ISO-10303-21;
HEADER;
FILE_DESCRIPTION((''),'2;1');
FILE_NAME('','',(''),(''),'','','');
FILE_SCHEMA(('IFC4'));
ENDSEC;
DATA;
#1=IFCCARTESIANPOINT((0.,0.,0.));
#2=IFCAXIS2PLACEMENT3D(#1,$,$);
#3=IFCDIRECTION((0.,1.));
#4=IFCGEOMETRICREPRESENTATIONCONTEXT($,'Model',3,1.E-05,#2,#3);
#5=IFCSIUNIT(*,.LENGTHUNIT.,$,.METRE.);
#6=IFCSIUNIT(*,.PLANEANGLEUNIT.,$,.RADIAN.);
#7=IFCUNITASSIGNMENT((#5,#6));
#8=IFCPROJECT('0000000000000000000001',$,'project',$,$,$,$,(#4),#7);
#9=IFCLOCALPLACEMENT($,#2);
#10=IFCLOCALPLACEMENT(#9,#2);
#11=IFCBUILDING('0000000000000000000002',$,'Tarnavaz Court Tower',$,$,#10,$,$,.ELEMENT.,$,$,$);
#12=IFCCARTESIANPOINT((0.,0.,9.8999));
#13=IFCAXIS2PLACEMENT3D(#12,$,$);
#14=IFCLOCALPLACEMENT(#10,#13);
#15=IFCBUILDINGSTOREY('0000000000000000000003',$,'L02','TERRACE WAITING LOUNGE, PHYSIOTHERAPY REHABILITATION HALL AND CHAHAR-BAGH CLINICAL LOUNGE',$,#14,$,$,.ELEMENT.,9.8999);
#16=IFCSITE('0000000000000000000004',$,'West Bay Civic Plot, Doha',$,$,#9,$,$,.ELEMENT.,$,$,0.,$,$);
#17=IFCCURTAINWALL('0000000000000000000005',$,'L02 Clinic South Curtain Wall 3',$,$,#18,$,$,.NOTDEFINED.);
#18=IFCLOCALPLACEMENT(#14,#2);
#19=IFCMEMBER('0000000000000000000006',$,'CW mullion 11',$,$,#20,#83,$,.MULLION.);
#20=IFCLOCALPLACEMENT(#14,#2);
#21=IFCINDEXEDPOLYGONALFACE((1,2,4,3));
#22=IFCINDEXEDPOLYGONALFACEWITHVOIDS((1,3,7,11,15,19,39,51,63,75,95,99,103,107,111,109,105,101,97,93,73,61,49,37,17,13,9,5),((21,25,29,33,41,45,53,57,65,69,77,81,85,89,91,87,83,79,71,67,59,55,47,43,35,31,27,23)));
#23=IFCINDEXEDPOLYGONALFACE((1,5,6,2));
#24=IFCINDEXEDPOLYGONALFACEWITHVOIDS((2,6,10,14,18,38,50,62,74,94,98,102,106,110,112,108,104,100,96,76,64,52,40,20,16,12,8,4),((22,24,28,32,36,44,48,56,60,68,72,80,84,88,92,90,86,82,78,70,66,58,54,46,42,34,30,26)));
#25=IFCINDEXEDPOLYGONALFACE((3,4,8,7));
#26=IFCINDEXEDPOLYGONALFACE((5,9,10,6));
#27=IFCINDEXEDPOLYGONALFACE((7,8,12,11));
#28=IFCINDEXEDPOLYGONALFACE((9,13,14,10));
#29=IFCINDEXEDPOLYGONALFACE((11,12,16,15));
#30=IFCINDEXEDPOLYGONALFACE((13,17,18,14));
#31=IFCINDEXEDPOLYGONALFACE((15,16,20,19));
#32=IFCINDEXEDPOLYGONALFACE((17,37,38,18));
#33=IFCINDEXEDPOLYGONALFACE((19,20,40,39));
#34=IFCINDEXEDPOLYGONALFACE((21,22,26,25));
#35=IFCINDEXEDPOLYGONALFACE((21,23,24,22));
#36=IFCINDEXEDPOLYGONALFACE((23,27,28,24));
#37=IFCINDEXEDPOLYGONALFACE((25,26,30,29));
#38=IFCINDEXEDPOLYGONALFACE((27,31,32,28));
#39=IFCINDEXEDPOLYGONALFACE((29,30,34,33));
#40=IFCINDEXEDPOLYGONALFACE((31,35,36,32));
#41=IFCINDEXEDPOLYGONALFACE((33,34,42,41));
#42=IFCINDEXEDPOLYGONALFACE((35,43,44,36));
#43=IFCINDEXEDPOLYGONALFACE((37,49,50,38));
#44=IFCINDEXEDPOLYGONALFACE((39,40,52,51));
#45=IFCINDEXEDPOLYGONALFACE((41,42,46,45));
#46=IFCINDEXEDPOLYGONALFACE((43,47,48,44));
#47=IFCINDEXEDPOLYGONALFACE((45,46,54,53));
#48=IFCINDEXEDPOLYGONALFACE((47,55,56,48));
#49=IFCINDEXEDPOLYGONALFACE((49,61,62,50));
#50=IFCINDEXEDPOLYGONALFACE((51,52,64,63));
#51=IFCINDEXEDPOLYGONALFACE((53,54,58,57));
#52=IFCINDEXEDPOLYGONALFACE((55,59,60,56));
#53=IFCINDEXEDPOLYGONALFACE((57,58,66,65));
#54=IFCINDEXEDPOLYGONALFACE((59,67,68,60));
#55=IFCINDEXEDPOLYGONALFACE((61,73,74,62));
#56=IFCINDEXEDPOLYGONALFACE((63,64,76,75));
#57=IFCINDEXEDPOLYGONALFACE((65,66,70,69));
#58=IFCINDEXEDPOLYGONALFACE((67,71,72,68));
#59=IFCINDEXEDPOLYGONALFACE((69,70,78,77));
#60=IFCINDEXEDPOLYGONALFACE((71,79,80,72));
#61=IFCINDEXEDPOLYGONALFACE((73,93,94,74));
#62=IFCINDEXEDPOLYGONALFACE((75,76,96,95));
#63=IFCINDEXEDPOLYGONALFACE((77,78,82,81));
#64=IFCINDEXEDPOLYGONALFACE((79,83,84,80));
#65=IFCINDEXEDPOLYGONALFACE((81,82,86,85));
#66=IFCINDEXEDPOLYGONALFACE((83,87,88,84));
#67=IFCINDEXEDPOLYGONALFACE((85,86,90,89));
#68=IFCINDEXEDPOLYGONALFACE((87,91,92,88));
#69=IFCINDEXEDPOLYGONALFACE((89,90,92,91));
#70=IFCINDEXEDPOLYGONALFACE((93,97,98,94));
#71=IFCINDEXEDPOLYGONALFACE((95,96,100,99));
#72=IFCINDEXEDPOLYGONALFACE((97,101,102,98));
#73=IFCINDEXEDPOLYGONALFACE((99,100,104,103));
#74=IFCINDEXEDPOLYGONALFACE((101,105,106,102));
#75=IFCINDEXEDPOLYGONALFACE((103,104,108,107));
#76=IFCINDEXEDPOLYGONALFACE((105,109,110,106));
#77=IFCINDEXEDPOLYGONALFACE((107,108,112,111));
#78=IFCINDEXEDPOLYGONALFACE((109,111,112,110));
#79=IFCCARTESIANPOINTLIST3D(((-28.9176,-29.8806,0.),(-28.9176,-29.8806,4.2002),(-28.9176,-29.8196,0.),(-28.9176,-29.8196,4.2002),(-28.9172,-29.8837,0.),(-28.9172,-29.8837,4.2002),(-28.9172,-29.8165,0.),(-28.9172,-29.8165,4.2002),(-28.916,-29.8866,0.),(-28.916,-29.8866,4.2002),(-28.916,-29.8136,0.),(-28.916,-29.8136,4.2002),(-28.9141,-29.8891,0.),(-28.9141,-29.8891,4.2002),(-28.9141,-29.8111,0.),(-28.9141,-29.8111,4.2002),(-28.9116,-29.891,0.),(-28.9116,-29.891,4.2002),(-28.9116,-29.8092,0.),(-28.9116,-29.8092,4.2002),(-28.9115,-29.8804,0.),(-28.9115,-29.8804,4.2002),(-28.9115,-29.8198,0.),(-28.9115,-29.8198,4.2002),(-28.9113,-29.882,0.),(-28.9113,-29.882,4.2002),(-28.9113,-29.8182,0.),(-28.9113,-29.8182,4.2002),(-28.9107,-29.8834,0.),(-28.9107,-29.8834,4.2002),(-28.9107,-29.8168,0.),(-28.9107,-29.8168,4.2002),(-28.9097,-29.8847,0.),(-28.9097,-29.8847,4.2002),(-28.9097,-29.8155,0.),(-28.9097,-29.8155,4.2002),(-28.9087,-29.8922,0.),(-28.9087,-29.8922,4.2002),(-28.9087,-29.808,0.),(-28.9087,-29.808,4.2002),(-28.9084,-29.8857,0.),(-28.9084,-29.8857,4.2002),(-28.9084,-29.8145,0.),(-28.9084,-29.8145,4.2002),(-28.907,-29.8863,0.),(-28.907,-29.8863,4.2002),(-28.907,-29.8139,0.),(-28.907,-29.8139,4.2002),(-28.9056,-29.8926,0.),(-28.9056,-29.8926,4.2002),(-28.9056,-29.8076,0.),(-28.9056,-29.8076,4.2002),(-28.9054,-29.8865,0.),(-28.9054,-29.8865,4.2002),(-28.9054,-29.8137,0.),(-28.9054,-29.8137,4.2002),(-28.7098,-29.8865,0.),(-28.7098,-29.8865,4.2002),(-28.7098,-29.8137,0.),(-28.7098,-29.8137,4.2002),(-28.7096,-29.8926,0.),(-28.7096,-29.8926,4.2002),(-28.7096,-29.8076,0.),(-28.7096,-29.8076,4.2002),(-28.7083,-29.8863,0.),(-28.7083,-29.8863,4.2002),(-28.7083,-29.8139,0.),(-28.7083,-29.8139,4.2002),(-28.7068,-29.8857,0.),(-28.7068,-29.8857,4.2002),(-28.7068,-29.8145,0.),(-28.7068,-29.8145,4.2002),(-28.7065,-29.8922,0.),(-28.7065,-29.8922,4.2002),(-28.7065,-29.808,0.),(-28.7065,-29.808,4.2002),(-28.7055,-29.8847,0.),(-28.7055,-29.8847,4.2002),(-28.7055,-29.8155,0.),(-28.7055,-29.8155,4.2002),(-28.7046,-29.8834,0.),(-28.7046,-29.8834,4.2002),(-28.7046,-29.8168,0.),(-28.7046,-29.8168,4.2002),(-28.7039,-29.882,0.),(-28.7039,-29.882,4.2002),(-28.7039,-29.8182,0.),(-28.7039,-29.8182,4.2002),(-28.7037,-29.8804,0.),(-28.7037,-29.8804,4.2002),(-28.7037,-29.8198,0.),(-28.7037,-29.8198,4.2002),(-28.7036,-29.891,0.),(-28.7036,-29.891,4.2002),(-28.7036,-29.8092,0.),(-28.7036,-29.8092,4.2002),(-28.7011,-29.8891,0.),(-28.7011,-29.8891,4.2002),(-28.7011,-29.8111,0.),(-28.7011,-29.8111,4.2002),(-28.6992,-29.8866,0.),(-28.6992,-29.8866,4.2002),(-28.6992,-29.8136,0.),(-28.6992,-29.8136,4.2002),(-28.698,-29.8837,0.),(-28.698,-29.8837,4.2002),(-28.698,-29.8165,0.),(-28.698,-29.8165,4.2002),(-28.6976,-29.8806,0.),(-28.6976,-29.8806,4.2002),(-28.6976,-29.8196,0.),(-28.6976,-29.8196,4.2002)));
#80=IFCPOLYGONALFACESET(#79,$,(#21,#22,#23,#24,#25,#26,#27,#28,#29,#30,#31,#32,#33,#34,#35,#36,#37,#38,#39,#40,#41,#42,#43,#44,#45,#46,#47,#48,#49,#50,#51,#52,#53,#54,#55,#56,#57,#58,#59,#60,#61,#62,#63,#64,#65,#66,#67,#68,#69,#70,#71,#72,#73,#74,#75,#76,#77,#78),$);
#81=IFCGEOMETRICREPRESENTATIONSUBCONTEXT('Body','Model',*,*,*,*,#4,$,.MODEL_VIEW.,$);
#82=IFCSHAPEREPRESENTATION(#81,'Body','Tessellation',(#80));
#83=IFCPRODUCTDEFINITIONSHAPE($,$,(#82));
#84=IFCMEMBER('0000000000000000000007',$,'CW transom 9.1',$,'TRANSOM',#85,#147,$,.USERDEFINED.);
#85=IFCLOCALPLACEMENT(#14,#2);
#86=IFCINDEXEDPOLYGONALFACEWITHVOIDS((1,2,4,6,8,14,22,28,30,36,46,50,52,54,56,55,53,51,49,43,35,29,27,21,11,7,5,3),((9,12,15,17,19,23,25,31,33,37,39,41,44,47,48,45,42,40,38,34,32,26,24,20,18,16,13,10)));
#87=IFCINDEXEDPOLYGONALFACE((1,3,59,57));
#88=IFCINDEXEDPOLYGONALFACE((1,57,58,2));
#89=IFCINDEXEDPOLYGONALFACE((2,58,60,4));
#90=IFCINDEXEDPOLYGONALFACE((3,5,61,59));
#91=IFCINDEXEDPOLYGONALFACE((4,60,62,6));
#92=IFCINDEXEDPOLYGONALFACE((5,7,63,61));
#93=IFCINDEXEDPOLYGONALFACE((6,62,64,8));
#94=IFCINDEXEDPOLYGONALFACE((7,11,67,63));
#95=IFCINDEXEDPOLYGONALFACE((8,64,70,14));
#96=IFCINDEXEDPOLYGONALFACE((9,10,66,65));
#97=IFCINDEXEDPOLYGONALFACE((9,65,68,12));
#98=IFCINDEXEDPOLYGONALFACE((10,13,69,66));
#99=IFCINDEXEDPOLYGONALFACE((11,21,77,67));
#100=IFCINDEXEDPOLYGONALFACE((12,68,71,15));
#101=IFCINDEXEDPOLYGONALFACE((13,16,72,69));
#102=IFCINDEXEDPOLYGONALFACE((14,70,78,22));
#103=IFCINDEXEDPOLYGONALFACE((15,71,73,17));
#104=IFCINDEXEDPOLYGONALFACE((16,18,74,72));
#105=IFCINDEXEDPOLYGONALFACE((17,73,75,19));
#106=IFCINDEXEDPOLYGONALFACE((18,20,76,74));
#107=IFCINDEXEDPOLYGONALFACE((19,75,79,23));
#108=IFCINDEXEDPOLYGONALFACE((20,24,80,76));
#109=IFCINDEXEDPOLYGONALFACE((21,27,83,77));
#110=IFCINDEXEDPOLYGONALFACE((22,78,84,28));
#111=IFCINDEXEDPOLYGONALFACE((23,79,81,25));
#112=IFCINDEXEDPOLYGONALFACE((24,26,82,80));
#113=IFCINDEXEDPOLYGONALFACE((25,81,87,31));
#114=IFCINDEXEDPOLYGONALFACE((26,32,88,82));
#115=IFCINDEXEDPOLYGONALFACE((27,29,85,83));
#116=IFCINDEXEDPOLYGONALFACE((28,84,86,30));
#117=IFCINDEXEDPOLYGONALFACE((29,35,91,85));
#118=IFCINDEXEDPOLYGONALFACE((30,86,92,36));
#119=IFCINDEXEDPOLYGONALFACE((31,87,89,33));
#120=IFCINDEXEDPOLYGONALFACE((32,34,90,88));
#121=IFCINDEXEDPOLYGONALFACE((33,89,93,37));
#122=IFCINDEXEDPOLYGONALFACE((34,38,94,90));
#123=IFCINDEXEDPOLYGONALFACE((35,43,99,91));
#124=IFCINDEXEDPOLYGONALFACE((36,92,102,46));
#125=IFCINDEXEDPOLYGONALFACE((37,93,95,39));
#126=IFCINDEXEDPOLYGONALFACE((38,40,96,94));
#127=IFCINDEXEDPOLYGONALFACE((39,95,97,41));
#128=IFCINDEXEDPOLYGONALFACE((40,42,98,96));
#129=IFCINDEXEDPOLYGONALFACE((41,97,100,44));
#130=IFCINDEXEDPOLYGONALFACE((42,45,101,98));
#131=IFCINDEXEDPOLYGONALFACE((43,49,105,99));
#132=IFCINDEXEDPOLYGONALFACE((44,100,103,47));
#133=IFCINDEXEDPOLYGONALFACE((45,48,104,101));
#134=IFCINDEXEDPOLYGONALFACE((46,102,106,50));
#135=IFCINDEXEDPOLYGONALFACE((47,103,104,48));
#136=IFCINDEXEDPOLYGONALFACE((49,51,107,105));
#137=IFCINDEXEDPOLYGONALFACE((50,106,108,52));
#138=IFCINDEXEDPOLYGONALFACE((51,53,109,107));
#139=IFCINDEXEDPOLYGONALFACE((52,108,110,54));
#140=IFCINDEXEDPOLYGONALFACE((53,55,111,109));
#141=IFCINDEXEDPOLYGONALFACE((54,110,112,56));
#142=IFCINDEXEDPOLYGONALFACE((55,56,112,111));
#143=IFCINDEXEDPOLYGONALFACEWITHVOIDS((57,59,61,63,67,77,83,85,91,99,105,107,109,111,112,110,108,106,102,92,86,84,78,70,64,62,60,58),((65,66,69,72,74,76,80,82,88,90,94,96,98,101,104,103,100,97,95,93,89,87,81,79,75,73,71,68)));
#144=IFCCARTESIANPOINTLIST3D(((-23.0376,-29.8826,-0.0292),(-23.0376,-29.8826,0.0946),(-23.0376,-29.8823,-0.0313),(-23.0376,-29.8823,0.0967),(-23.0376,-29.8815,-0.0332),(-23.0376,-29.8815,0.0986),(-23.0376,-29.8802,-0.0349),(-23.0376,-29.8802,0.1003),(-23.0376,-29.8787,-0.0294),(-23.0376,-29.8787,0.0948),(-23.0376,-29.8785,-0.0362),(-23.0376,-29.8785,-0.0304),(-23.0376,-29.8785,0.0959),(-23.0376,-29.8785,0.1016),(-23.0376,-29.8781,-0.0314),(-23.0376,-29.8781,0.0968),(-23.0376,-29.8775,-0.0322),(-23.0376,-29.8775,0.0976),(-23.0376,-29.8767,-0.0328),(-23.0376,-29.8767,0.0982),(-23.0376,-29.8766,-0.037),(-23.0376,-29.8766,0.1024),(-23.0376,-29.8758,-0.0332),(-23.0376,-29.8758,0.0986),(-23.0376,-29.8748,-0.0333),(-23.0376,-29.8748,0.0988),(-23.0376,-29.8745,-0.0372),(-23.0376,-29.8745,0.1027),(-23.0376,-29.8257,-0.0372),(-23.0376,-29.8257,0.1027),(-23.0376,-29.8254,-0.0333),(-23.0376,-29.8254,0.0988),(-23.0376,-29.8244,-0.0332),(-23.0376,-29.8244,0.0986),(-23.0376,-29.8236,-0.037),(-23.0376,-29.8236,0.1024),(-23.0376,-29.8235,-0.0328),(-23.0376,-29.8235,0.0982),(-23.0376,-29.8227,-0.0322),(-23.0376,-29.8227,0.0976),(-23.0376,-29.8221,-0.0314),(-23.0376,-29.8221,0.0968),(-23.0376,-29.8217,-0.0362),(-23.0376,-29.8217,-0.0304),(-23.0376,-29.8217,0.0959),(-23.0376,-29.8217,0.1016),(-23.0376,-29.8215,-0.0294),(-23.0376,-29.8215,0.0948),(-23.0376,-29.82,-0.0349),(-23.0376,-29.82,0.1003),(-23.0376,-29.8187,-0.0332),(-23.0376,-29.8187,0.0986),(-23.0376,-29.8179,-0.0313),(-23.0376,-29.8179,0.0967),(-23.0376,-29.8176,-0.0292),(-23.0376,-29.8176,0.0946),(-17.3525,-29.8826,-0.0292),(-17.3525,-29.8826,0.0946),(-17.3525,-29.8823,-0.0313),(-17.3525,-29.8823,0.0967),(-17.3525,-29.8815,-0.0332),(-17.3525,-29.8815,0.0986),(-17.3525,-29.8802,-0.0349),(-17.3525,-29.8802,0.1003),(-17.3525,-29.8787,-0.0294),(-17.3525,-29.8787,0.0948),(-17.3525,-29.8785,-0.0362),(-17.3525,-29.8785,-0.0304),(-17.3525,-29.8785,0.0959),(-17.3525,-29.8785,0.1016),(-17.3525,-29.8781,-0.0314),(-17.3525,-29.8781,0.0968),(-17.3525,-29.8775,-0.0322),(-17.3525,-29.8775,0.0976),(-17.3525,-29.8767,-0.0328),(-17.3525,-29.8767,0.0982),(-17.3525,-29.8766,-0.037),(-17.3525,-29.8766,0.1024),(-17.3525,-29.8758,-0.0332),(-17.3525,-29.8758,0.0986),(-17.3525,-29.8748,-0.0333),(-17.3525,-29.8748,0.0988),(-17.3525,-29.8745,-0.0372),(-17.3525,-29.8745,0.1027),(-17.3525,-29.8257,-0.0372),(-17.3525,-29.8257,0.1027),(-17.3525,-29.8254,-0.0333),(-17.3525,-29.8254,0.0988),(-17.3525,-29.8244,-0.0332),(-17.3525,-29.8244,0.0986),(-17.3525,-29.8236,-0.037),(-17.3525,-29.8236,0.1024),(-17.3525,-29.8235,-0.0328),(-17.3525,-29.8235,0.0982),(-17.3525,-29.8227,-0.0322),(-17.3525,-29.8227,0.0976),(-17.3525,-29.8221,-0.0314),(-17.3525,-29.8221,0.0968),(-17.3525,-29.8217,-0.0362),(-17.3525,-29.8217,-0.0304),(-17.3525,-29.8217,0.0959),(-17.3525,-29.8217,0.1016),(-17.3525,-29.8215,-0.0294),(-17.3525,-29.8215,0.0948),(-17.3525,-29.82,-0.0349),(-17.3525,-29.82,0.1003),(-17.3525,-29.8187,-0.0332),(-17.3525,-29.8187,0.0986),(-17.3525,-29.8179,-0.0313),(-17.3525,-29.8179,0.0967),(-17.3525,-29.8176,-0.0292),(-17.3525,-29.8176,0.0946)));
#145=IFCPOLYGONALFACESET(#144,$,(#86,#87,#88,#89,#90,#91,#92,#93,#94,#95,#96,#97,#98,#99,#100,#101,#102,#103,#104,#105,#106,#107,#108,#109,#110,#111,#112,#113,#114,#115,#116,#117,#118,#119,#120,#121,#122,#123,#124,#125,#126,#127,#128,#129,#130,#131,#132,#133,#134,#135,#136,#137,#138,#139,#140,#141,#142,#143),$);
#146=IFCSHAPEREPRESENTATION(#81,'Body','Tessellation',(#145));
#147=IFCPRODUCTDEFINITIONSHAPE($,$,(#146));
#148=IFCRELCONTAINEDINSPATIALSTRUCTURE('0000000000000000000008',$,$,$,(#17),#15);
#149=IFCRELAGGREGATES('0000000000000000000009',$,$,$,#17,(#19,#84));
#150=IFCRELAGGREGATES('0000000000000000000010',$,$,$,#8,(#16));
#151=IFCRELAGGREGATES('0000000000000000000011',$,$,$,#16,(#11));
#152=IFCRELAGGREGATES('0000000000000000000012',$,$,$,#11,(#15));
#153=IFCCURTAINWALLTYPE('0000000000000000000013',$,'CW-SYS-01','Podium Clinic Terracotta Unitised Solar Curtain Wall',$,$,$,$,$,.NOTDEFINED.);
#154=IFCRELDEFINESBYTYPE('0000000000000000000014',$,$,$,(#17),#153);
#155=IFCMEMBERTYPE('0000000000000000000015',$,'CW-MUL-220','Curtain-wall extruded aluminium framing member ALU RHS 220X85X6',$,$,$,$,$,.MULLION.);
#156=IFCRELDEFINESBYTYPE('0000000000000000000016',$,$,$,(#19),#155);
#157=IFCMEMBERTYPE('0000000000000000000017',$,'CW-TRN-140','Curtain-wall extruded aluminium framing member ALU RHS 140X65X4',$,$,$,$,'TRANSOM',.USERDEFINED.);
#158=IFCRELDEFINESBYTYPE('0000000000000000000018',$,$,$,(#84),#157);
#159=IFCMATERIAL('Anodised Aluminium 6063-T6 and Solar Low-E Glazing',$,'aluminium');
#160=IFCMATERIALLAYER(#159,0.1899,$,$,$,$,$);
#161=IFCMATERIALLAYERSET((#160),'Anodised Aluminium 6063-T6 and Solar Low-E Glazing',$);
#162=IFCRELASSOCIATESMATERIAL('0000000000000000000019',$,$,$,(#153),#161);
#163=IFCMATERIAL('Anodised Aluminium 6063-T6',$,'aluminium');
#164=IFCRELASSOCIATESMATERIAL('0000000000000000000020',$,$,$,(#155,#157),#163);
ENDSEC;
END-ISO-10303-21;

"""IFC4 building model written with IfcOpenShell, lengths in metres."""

from ifc_helpers import new_model, si_unit, direction, frame, origin, origin_2d, place, context, subcontext, project, spatial, hollow_rectangle, extrude, material, layer, layer_set, material_profile, profile_set, type_object, element, aggregate, save


model = new_model("IFC4")

# Units and contexts
model_context = context("Model", 3, precision=1e-05, world=origin(), true_north=direction((0.0, 1.0)))
body_context = subcontext(model_context, "Body", "Model", "MODEL_VIEW")
ifc_project = project(units=[si_unit("LENGTHUNIT", "METRE"), si_unit("PLANEANGLEUNIT", "RADIAN")], contexts=[model_context])

# Site, building, storey
site_placement = place(None, origin())
site = spatial("IfcSite", under=ifc_project, at=site_placement, Name="West Bay Civic Plot, Doha", CompositionType="ELEMENT", RefElevation=0.0)
building_placement = place(site_placement, origin())
building = spatial("IfcBuilding", under=site, at=building_placement, Name="Tarnavaz Court Tower", CompositionType="ELEMENT")
storey_placement = place(building_placement, frame((0.0, 0.0, 9.8999)))
storey = spatial("IfcBuildingStorey", under=building, at=storey_placement, Name="L02", Description="TERRACE WAITING LOUNGE, PHYSIOTHERAPY REHABILITATION HALL AND CHAHAR-BAGH CLINICAL LOUNGE", CompositionType="ELEMENT", Elevation=9.8999)

# Curtain wall, members
ifc_material_1 = material(Name="Anodised Aluminium 6063-T6 and Solar Low-E Glazing", Category="aluminium")
ifc_layer_1 = layer(ifc_material_1, 0.1899)
ifc_layer_set_1 = layer_set([ifc_layer_1], Name="Anodised Aluminium 6063-T6 and Solar Low-E Glazing")
curtain_wall_type = type_object("IfcCurtainWallType", Name="CW-SYS-01", Description="Podium Clinic Terracotta Unitised Solar Curtain Wall", PredefinedType="NOTDEFINED", material=ifc_layer_set_1)
curtain_wall_placement = place(storey_placement, origin())
curtain_wall = element("IfcCurtainWall", 1, at=curtain_wall_placement, inside=storey, type_object=curtain_wall_type, Name="L02 Clinic South Curtain Wall 3", PredefinedType="NOTDEFINED")
ifc_material_2 = material(Name="Anodised Aluminium 6063-T6", Category="aluminium")
ifc_material_profile_1 = material_profile(ifc_material_2, hollow_rectangle(XDim=0.085, YDim=0.22, WallThickness=0.0061, InnerFilletRadius=0.0061, OuterFilletRadius=0.012, at=origin_2d()), Name="ALU RHS 220X85X6")
ifc_profile_set_1 = profile_set([ifc_material_profile_1], Name="Anodised Aluminium 6063-T6")
member_type_1 = type_object("IfcMemberType", Name="CW-MUL-220", Description="Curtain-wall extruded aluminium framing member ALU RHS 220X85X6", PredefinedType="MULLION", material=ifc_profile_set_1)
member_1_placement = place(storey_placement, frame((-28.8076, -29.8501, 0.0), z_axis=(0.0, 0.0, 1.0), x_axis=(0.0, -1.0, 0.0)))
member_1 = element("IfcMember", 2, at=member_1_placement, type_object=member_type_1, Name="CW mullion 11", PredefinedType="MULLION", context=body_context, shape_type="SweptSolid", body=[
    extrude(hollow_rectangle(XDim=0.085, YDim=0.22, WallThickness=0.0061, InnerFilletRadius=0.0061, OuterFilletRadius=0.012, at=origin_2d()), origin(), (0.0, 0.0, 1.0), 4.2002),
])
ifc_material_profile_2 = material_profile(ifc_material_2, hollow_rectangle(XDim=0.0649, YDim=0.1399, WallThickness=0.0039, InnerFilletRadius=0.0039, OuterFilletRadius=0.0081, at=origin_2d()), Name="ALU RHS 140X65X4")
ifc_profile_set_2 = profile_set([ifc_material_profile_2], Name="Anodised Aluminium 6063-T6")
member_type_2 = type_object("IfcMemberType", Name="CW-TRN-140", Description="Curtain-wall extruded aluminium framing member ALU RHS 140X65X4", ElementType="TRANSOM", PredefinedType="USERDEFINED", material=ifc_profile_set_2)
member_2_placement = place(storey_placement, frame((-17.3525, -29.8501, 0.0327), z_axis=(-1.0, 0.0, 0.0), x_axis=(0.0, -1.0, 0.0)))
member_2 = element("IfcMember", 3, at=member_2_placement, type_object=member_type_2, Name="CW transom 9.1", ObjectType="TRANSOM", PredefinedType="USERDEFINED", context=body_context, shape_type="SweptSolid", body=[
    extrude(hollow_rectangle(XDim=0.0649, YDim=0.1399, WallThickness=0.0039, InnerFilletRadius=0.0039, OuterFilletRadius=0.0081, at=origin_2d()), origin(), (0.0, 0.0, 1.0), 5.6851),
])
aggregate(curtain_wall, [member_1, member_2])

save(model, "model.ifc")
